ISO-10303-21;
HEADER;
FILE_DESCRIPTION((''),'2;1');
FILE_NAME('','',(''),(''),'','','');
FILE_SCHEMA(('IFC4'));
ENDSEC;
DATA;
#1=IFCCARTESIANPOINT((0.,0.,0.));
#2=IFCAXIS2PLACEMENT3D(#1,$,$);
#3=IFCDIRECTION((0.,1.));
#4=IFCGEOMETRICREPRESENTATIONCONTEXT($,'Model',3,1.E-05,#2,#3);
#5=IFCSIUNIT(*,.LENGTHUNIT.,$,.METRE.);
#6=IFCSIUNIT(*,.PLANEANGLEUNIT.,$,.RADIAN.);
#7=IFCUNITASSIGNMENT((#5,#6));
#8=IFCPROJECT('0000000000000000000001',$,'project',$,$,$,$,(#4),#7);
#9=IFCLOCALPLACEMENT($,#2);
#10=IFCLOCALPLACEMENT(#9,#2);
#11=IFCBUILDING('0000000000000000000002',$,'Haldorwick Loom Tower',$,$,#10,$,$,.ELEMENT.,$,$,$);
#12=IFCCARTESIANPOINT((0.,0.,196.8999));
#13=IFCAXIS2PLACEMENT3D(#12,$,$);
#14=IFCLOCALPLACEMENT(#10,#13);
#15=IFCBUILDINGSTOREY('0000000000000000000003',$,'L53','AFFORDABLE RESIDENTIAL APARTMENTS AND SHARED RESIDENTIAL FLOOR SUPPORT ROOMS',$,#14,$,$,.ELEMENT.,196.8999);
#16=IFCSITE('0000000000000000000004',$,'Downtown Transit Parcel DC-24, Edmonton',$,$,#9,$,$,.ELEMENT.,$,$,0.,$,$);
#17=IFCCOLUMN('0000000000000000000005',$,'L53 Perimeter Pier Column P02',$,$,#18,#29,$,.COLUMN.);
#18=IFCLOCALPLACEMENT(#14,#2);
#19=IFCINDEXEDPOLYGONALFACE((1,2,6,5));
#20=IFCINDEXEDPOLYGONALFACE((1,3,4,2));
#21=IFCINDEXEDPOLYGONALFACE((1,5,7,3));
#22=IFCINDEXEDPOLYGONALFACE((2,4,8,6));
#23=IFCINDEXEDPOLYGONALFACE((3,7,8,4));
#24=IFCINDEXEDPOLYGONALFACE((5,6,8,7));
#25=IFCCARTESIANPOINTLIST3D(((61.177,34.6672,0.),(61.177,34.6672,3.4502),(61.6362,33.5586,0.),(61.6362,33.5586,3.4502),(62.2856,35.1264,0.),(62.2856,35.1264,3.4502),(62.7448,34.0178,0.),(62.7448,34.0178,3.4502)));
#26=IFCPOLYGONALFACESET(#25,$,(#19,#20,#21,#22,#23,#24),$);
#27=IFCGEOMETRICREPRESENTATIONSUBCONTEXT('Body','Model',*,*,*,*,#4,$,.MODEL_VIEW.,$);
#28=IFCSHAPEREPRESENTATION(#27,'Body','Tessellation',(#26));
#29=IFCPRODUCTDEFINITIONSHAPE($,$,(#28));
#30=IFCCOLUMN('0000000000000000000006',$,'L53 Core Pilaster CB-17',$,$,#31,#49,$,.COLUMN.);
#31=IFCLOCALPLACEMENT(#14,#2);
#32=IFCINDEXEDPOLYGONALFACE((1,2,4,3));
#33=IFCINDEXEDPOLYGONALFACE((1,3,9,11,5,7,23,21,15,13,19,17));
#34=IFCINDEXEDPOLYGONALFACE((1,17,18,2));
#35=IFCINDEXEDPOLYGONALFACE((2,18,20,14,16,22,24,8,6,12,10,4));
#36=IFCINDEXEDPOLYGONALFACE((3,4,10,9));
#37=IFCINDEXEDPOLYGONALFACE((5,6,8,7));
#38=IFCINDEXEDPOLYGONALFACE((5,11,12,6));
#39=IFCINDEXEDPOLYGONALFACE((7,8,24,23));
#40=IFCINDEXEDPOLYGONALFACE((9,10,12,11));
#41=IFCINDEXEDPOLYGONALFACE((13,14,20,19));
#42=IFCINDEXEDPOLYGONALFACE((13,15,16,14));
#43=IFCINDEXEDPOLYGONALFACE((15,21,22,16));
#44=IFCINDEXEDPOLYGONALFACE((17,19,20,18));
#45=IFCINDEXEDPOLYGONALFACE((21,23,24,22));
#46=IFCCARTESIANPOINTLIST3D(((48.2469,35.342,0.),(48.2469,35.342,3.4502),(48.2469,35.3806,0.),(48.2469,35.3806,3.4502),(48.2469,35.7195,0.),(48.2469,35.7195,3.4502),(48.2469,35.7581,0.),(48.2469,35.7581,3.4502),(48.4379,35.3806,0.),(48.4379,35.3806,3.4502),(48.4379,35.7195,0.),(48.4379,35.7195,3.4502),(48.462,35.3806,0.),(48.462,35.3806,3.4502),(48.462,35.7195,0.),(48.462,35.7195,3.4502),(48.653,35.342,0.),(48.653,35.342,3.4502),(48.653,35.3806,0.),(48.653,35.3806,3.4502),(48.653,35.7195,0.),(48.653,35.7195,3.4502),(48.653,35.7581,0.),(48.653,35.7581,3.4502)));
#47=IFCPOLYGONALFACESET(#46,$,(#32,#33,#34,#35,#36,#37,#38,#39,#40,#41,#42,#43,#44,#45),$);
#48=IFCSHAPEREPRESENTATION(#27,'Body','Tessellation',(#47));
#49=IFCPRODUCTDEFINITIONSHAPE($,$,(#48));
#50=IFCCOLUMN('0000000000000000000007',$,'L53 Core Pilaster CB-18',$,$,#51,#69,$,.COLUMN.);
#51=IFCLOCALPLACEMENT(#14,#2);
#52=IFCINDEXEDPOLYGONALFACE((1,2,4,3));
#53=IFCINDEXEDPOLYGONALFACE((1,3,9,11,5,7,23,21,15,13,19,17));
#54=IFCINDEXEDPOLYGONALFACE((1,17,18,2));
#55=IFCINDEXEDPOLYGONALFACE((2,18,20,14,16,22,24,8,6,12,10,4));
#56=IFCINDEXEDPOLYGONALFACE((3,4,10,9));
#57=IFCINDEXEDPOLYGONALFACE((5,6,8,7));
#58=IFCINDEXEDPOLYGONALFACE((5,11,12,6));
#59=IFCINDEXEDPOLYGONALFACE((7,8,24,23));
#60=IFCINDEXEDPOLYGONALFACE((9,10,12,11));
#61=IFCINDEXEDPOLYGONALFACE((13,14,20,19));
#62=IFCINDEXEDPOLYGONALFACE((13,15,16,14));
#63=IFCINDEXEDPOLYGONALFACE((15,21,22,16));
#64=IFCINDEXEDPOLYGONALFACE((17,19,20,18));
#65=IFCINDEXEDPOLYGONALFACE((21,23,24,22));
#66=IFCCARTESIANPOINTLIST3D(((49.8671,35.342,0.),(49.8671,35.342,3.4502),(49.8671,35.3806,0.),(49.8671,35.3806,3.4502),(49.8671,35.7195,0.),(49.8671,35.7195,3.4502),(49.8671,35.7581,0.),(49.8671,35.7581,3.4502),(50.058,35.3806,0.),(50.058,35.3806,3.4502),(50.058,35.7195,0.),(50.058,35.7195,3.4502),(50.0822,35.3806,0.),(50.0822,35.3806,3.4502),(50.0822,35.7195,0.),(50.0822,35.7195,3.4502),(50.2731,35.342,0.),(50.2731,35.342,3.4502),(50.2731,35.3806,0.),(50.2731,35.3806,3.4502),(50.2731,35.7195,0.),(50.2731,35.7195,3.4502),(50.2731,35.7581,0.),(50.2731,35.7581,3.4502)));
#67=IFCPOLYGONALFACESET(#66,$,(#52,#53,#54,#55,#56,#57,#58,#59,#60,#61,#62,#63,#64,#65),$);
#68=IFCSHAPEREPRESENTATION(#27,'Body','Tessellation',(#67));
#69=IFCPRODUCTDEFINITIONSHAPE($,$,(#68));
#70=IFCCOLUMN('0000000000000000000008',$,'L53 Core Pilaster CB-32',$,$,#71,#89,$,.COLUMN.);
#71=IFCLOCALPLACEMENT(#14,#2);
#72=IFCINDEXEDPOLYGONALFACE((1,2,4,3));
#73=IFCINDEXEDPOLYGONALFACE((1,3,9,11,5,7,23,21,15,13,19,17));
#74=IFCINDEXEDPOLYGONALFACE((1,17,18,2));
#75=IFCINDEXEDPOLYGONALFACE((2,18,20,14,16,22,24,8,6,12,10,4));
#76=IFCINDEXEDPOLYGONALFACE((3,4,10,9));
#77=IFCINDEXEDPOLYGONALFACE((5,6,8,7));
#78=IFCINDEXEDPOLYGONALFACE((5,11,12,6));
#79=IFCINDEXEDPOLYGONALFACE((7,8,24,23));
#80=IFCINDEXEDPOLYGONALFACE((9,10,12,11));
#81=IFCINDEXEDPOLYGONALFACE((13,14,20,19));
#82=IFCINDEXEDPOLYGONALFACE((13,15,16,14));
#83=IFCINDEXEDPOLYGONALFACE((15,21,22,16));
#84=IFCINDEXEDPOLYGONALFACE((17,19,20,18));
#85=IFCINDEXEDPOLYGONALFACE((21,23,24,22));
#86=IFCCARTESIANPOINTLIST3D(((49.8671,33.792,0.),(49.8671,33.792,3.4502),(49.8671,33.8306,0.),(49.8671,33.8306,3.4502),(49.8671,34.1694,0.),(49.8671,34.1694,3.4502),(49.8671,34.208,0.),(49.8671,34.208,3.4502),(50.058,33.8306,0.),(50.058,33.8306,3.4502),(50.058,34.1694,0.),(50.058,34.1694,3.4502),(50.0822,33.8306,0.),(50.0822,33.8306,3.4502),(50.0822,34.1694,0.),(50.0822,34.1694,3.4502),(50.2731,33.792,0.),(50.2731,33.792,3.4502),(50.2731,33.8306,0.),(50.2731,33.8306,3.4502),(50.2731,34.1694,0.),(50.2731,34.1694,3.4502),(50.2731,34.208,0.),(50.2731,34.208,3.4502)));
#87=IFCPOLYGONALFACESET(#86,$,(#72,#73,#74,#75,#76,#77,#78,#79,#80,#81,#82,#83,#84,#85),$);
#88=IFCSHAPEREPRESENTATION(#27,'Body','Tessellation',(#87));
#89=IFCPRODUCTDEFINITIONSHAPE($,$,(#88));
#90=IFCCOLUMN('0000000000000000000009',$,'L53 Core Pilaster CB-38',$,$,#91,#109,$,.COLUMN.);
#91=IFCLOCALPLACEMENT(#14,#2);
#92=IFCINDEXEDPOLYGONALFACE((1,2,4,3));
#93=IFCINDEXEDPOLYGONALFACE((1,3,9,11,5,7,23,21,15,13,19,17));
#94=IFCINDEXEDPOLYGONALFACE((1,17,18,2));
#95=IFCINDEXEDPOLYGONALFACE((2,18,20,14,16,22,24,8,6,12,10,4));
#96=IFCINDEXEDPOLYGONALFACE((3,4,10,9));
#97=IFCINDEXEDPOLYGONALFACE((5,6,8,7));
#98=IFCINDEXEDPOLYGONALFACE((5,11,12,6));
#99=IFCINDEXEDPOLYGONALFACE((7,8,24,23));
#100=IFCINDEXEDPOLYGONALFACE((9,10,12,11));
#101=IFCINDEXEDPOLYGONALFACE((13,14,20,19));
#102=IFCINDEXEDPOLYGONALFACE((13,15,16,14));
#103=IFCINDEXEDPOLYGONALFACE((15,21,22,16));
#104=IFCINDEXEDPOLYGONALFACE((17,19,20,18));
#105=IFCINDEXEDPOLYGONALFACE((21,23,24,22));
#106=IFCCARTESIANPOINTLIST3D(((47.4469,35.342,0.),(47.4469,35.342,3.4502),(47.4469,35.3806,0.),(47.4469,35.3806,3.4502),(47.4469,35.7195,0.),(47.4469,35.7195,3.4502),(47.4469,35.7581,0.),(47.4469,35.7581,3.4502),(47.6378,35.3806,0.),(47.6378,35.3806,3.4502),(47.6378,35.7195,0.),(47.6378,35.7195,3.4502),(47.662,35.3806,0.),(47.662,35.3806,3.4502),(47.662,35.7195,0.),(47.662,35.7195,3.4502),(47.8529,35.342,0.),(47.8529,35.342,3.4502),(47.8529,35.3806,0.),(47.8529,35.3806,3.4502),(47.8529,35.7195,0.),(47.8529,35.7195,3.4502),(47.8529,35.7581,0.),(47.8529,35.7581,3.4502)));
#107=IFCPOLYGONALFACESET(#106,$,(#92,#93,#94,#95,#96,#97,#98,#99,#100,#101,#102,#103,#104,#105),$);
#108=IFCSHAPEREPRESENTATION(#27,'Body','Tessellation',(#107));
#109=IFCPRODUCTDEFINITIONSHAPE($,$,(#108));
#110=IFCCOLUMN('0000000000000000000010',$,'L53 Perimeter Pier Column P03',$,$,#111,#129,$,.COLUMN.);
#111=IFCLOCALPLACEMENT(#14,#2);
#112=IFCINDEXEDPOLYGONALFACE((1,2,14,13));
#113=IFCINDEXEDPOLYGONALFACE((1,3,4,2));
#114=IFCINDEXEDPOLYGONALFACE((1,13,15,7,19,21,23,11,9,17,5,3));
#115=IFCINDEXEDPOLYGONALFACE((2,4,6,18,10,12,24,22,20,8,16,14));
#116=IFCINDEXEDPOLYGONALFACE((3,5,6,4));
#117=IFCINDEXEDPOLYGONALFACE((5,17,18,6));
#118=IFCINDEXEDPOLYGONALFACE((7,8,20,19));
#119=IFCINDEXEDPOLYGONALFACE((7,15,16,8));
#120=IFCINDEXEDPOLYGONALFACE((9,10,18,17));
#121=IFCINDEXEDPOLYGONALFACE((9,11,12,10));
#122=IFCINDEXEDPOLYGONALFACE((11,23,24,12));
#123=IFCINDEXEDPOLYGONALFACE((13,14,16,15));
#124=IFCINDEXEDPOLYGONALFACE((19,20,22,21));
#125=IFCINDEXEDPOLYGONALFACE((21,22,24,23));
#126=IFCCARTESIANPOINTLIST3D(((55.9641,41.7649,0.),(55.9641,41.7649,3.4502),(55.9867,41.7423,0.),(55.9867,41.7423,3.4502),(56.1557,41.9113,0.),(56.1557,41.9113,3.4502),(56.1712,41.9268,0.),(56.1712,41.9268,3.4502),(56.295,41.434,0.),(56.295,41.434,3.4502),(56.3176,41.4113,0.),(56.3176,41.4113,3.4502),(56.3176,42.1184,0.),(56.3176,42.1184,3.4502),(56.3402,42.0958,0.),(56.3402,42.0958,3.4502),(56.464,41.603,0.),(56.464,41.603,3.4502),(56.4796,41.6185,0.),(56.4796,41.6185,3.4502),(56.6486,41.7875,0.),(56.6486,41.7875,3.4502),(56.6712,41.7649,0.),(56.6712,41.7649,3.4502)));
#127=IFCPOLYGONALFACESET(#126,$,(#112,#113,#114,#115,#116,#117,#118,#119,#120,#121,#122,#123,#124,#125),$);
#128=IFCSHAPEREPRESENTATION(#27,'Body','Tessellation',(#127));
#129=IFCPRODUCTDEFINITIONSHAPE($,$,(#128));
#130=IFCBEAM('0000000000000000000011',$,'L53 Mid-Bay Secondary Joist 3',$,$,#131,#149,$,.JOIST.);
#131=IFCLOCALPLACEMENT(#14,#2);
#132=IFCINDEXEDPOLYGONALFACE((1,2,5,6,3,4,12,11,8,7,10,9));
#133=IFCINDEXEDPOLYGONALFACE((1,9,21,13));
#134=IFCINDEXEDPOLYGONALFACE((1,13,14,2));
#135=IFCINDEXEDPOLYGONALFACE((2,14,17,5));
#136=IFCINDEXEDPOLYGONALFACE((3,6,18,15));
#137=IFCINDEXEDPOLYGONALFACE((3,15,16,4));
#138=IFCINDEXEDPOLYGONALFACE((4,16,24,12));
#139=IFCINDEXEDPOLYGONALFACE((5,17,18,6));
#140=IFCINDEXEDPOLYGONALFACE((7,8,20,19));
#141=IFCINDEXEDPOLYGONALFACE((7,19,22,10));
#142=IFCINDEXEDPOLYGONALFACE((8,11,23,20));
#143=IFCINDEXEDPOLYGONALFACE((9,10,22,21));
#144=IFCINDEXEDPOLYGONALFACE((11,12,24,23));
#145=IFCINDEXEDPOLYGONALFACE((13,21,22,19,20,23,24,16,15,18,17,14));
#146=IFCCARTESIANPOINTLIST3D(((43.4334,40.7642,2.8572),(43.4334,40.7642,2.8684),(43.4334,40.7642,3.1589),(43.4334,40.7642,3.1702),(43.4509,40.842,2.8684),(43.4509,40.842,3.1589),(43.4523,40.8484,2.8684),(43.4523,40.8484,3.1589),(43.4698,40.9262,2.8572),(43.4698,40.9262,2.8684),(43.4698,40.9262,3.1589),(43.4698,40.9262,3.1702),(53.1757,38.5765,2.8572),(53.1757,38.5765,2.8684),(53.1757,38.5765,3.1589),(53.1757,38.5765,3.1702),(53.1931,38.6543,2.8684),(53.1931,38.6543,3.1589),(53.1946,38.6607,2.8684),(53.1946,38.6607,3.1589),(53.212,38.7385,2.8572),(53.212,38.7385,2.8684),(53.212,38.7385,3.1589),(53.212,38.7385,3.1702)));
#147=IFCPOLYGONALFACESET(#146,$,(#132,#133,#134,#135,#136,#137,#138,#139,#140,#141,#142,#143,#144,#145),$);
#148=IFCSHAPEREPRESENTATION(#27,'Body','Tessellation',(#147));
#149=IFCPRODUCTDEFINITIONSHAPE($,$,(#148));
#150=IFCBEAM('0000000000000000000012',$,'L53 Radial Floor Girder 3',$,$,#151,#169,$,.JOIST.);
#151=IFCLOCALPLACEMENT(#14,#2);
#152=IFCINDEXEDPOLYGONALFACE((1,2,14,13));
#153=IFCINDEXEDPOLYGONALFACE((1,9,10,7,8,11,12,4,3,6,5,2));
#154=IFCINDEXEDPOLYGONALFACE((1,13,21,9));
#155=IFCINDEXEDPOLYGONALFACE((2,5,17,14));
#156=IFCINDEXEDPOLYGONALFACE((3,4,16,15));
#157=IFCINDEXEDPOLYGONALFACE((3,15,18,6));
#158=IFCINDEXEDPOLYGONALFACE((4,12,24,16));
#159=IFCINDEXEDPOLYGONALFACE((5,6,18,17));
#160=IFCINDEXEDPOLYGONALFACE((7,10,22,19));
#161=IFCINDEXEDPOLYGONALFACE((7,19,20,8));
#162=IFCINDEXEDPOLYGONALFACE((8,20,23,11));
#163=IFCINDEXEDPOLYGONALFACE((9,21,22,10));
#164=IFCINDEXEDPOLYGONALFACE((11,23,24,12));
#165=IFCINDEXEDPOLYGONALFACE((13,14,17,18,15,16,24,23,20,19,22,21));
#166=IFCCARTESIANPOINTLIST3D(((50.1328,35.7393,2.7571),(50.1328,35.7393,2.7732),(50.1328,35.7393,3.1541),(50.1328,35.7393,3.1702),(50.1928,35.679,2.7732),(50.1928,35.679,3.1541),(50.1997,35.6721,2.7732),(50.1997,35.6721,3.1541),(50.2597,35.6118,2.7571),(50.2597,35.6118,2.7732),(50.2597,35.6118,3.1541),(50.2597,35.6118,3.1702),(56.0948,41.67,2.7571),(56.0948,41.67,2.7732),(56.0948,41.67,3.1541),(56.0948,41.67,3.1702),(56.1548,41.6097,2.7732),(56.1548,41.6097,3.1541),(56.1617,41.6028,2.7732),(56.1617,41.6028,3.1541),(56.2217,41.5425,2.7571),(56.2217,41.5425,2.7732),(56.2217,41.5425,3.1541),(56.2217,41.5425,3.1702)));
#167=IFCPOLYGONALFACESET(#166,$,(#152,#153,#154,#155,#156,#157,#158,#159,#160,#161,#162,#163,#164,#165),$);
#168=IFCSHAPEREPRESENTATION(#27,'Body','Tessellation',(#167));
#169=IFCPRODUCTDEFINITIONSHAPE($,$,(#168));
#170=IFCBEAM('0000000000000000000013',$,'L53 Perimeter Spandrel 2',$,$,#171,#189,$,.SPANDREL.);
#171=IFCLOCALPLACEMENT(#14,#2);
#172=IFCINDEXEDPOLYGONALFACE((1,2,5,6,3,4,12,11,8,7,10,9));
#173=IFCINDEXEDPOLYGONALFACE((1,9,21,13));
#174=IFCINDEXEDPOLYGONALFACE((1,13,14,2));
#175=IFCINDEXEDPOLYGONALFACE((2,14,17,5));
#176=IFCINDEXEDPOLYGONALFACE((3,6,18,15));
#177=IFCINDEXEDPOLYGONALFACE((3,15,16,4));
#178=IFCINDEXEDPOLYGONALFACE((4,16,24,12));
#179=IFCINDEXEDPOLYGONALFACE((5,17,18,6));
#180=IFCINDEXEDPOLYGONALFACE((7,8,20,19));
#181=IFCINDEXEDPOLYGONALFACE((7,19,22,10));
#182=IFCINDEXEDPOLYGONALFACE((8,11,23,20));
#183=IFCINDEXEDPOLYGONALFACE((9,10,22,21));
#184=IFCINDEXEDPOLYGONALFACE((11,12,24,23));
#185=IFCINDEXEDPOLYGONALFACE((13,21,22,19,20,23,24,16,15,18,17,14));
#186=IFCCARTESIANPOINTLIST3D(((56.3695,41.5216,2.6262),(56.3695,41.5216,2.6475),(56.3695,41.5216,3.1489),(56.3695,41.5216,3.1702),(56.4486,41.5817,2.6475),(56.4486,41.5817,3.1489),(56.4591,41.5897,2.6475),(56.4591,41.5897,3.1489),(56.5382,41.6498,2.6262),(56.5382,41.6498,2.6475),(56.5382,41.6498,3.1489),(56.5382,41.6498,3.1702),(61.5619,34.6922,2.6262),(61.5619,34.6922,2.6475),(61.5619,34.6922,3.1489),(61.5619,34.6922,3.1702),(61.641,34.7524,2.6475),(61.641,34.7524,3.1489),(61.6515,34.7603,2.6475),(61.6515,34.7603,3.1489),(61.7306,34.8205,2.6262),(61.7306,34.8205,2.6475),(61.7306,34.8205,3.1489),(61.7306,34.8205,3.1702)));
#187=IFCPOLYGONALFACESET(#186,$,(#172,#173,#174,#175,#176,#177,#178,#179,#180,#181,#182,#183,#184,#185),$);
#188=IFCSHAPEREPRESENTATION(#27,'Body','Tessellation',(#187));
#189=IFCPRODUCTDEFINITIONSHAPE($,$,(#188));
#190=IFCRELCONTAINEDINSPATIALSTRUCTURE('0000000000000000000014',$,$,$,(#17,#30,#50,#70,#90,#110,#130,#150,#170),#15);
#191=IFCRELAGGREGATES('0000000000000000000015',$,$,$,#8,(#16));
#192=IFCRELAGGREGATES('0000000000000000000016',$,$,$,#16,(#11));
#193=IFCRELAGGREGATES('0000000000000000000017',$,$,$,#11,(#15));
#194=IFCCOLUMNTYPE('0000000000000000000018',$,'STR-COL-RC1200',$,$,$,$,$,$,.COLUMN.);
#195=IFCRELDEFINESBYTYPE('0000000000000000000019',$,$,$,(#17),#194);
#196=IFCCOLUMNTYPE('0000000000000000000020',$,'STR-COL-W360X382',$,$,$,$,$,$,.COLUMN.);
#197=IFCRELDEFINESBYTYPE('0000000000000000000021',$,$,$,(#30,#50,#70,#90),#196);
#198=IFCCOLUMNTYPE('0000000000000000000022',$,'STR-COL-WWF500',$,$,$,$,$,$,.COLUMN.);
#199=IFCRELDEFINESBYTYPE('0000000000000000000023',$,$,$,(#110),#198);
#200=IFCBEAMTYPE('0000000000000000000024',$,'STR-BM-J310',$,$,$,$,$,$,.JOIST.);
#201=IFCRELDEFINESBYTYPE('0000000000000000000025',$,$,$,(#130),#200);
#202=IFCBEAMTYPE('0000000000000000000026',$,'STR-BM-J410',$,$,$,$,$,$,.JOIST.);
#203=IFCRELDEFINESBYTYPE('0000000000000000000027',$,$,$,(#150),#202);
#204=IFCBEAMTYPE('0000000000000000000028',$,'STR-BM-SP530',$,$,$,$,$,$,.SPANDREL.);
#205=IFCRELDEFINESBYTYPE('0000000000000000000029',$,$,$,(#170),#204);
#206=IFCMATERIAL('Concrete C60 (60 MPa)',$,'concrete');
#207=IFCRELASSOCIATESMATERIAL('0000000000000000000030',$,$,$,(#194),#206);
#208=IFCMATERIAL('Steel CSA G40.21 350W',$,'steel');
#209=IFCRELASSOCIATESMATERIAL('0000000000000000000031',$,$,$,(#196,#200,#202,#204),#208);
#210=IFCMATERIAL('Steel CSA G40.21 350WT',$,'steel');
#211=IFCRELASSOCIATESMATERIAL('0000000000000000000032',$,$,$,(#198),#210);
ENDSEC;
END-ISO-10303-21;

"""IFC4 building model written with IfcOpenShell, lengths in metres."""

from ifc_helpers import new_model, si_unit, direction, frame, origin, origin_2d, place, context, subcontext, project, spatial, rectangle, i_section, extrude, material, material_profile, profile_set, type_object, element, save


model = new_model("IFC4")

# Units and contexts
model_context = context("Model", 3, precision=1e-05, world=origin(), true_north=direction((0.0, 1.0)))
body_context = subcontext(model_context, "Body", "Model", "MODEL_VIEW")
ifc_project = project(units=[si_unit("LENGTHUNIT", "METRE"), si_unit("PLANEANGLEUNIT", "RADIAN")], contexts=[model_context])

# Site, building, storey
site_placement = place(None, origin())
site = spatial("IfcSite", under=ifc_project, at=site_placement, Name="Downtown Transit Parcel DC-24, Edmonton", CompositionType="ELEMENT", RefElevation=0.0)
building_placement = place(site_placement, origin())
building = spatial("IfcBuilding", under=site, at=building_placement, Name="Haldorwick Loom Tower", CompositionType="ELEMENT")
storey_placement = place(building_placement, frame((0.0, 0.0, 196.8999)))
storey = spatial("IfcBuildingStorey", under=building, at=storey_placement, Name="L53", Description="AFFORDABLE RESIDENTIAL APARTMENTS AND SHARED RESIDENTIAL FLOOR SUPPORT ROOMS", CompositionType="ELEMENT", Elevation=196.8999)

# Columns
ifc_material_1 = material(Name="Concrete C60 (60 MPa)", Category="concrete")
ifc_material_profile_1 = material_profile(ifc_material_1, rectangle(XDim=1.2, YDim=1.2, at=origin_2d()), Name="RC1200X1200", Category="concrete")
ifc_profile_set_1 = profile_set([ifc_material_profile_1], Name="Concrete C60 (60 MPa)")
column_type_1 = type_object("IfcColumnType", Name="STR-COL-RC1200", PredefinedType="COLUMN", material=ifc_profile_set_1)
column_1_placement = place(storey_placement, frame((61.9609, 34.3425, 0.0), z_axis=(0.0, 0.0, 1.0), x_axis=(0.92388, 0.382683, 0.0)))
element("IfcColumn", 1, at=column_1_placement, inside=storey, type_object=column_type_1, Name="L53 Perimeter Pier Column P02", PredefinedType="COLUMN", context=body_context, shape_type="SweptSolid", body=[
    extrude(rectangle(XDim=1.2, YDim=1.2, at=origin_2d()), origin(), (0.0, 0.0, 1.0), 3.4502),
])
ifc_material_2 = material(Name="Steel CSA G40.21 350W", Category="steel")
ifc_material_profile_2 = material_profile(ifc_material_2, i_section(OverallWidth=0.406, OverallDepth=0.416, WebThickness=0.0242, FlangeThickness=0.0386, at=origin_2d()), Name="W360X382", Category="steel")
ifc_profile_set_2 = profile_set([ifc_material_profile_2], Name="Steel CSA G40.21 350W")
column_type_2 = type_object("IfcColumnType", Name="STR-COL-W360X382", PredefinedType="COLUMN", material=ifc_profile_set_2)
for number, where, z_axis, x_axis, name in (
    (2, (48.45, 35.55, 0.0), (0.0, 0.0, 1.0), (1.0, 0.0, 0.0), "L53 Core Pilaster CB-17"),
    (3, (50.0701, 35.55, 0.0), (0.0, 0.0, 1.0), (1.0, 0.0, 0.0), "L53 Core Pilaster CB-18"),
    (4, (50.0701, 34.0, 0.0), (0.0, 0.0, 1.0), (1.0, 0.0, 0.0), "L53 Core Pilaster CB-32"),
    (5, (47.6499, 35.55, 0.0), (0.0, 0.0, 1.0), (1.0, 0.0, 0.0), "L53 Core Pilaster CB-38"),
):
    element("IfcColumn", number, at=place(storey_placement, frame(where, z_axis=z_axis, x_axis=x_axis)), inside=storey, type_object=column_type_2, Name=name, PredefinedType="COLUMN", context=body_context, shape_type="SweptSolid", body=[
        extrude(i_section(OverallWidth=0.406, OverallDepth=0.416, WebThickness=0.0242, FlangeThickness=0.0386, at=origin_2d()), origin(), (0.0, 0.0, 1.0), 3.4502),
    ])
ifc_material_3 = material(Name="Steel CSA G40.21 350WT", Category="steel")
ifc_material_profile_3 = material_profile(ifc_material_3, i_section(OverallWidth=0.5, OverallDepth=0.5, WebThickness=0.022, FlangeThickness=0.032, at=origin_2d()), Name="WWF500X500", Category="steel")
ifc_profile_set_3 = profile_set([ifc_material_profile_3], Name="Steel CSA G40.21 350WT")
column_type_3 = type_object("IfcColumnType", Name="STR-COL-WWF500", PredefinedType="COLUMN", material=ifc_profile_set_3)
column_2_placement = place(storey_placement, frame((56.3176, 41.7649, 0.0), z_axis=(0.0, 0.0, 1.0), x_axis=(0.707107, 0.707107, 0.0)))
element("IfcColumn", 6, at=column_2_placement, inside=storey, type_object=column_type_3, Name="L53 Perimeter Pier Column P03", PredefinedType="COLUMN", context=body_context, shape_type="SweptSolid", body=[
    extrude(i_section(OverallWidth=0.5, OverallDepth=0.5, WebThickness=0.022, FlangeThickness=0.032, at=origin_2d()), origin(), (0.0, 0.0, 1.0), 3.4502),
])

# Beams
ifc_material_profile_4 = material_profile(ifc_material_2, i_section(OverallWidth=0.166, OverallDepth=0.313, WebThickness=0.0066, FlangeThickness=0.0112, at=origin_2d()), Name="W310X45", Category="steel")
ifc_profile_set_4 = profile_set([ifc_material_profile_4], Name="Steel CSA G40.21 350W")
beam_type_1 = type_object("IfcBeamType", Name="STR-BM-J310", PredefinedType="JOIST", material=ifc_profile_set_4)
beam_1_placement = place(storey_placement, frame((53.1938, 38.6575, 3.0137), z_axis=(-0.975701, 0.219107, 0.0), x_axis=(-0.219107, -0.975701, 0.0)))
element("IfcBeam", 7, at=beam_1_placement, inside=storey, type_object=beam_type_1, Name="L53 Mid-Bay Secondary Joist 3", PredefinedType="JOIST", context=body_context, shape_type="SweptSolid", body=[
    extrude(i_section(OverallWidth=0.166, OverallDepth=0.313, WebThickness=0.0066, FlangeThickness=0.0112, at=origin_2d()), origin(), (0.0, 0.0, 1.0), 9.9849),
])
ifc_material_profile_5 = material_profile(ifc_material_2, i_section(OverallWidth=0.1799, OverallDepth=0.4131, WebThickness=0.0098, FlangeThickness=0.0161, at=origin_2d()), Name="W410X74", Category="steel")
ifc_profile_set_5 = profile_set([ifc_material_profile_5], Name="Steel CSA G40.21 350W")
beam_type_2 = type_object("IfcBeamType", Name="STR-BM-J410", PredefinedType="JOIST", material=ifc_profile_set_5)
beam_2_placement = place(storey_placement, frame((50.1963, 35.6755, 2.9636), z_axis=(0.708962, 0.705246, 0.0), x_axis=(-0.705246, 0.708962, 0.0)))
element("IfcBeam", 8, at=beam_2_placement, inside=storey, type_object=beam_type_2, Name="L53 Radial Floor Girder 3", PredefinedType="JOIST", context=body_context, shape_type="SweptSolid", body=[
    extrude(i_section(OverallWidth=0.1799, OverallDepth=0.4131, WebThickness=0.0098, FlangeThickness=0.0161, at=origin_2d()), origin(), (0.0, 0.0, 1.0), 8.4094),
])
ifc_material_profile_6 = material_profile(ifc_material_2, i_section(OverallWidth=0.2119, OverallDepth=0.5439, WebThickness=0.0132, FlangeThickness=0.0212, at=origin_2d()), Name="W530X123", Category="steel")
ifc_profile_set_6 = profile_set([ifc_material_profile_6], Name="Steel CSA G40.21 350W")
beam_type_3 = type_object("IfcBeamType", Name="STR-BM-SP530", PredefinedType="SPANDREL", material=ifc_profile_set_6)
beam_3_placement = place(storey_placement, frame((61.6462, 34.7563, 2.8982), z_axis=(-0.605237, 0.796045, 0.0), x_axis=(-0.796045, -0.605237, 0.0)))
element("IfcBeam", 9, at=beam_3_placement, inside=storey, type_object=beam_type_3, Name="L53 Perimeter Spandrel 2", PredefinedType="SPANDREL", context=body_context, shape_type="SweptSolid", body=[
    extrude(i_section(OverallWidth=0.2119, OverallDepth=0.5439, WebThickness=0.0132, FlangeThickness=0.0212, at=origin_2d()), origin(), (0.0, 0.0, 1.0), 8.5791),
])

save(model, "model.ifc")
